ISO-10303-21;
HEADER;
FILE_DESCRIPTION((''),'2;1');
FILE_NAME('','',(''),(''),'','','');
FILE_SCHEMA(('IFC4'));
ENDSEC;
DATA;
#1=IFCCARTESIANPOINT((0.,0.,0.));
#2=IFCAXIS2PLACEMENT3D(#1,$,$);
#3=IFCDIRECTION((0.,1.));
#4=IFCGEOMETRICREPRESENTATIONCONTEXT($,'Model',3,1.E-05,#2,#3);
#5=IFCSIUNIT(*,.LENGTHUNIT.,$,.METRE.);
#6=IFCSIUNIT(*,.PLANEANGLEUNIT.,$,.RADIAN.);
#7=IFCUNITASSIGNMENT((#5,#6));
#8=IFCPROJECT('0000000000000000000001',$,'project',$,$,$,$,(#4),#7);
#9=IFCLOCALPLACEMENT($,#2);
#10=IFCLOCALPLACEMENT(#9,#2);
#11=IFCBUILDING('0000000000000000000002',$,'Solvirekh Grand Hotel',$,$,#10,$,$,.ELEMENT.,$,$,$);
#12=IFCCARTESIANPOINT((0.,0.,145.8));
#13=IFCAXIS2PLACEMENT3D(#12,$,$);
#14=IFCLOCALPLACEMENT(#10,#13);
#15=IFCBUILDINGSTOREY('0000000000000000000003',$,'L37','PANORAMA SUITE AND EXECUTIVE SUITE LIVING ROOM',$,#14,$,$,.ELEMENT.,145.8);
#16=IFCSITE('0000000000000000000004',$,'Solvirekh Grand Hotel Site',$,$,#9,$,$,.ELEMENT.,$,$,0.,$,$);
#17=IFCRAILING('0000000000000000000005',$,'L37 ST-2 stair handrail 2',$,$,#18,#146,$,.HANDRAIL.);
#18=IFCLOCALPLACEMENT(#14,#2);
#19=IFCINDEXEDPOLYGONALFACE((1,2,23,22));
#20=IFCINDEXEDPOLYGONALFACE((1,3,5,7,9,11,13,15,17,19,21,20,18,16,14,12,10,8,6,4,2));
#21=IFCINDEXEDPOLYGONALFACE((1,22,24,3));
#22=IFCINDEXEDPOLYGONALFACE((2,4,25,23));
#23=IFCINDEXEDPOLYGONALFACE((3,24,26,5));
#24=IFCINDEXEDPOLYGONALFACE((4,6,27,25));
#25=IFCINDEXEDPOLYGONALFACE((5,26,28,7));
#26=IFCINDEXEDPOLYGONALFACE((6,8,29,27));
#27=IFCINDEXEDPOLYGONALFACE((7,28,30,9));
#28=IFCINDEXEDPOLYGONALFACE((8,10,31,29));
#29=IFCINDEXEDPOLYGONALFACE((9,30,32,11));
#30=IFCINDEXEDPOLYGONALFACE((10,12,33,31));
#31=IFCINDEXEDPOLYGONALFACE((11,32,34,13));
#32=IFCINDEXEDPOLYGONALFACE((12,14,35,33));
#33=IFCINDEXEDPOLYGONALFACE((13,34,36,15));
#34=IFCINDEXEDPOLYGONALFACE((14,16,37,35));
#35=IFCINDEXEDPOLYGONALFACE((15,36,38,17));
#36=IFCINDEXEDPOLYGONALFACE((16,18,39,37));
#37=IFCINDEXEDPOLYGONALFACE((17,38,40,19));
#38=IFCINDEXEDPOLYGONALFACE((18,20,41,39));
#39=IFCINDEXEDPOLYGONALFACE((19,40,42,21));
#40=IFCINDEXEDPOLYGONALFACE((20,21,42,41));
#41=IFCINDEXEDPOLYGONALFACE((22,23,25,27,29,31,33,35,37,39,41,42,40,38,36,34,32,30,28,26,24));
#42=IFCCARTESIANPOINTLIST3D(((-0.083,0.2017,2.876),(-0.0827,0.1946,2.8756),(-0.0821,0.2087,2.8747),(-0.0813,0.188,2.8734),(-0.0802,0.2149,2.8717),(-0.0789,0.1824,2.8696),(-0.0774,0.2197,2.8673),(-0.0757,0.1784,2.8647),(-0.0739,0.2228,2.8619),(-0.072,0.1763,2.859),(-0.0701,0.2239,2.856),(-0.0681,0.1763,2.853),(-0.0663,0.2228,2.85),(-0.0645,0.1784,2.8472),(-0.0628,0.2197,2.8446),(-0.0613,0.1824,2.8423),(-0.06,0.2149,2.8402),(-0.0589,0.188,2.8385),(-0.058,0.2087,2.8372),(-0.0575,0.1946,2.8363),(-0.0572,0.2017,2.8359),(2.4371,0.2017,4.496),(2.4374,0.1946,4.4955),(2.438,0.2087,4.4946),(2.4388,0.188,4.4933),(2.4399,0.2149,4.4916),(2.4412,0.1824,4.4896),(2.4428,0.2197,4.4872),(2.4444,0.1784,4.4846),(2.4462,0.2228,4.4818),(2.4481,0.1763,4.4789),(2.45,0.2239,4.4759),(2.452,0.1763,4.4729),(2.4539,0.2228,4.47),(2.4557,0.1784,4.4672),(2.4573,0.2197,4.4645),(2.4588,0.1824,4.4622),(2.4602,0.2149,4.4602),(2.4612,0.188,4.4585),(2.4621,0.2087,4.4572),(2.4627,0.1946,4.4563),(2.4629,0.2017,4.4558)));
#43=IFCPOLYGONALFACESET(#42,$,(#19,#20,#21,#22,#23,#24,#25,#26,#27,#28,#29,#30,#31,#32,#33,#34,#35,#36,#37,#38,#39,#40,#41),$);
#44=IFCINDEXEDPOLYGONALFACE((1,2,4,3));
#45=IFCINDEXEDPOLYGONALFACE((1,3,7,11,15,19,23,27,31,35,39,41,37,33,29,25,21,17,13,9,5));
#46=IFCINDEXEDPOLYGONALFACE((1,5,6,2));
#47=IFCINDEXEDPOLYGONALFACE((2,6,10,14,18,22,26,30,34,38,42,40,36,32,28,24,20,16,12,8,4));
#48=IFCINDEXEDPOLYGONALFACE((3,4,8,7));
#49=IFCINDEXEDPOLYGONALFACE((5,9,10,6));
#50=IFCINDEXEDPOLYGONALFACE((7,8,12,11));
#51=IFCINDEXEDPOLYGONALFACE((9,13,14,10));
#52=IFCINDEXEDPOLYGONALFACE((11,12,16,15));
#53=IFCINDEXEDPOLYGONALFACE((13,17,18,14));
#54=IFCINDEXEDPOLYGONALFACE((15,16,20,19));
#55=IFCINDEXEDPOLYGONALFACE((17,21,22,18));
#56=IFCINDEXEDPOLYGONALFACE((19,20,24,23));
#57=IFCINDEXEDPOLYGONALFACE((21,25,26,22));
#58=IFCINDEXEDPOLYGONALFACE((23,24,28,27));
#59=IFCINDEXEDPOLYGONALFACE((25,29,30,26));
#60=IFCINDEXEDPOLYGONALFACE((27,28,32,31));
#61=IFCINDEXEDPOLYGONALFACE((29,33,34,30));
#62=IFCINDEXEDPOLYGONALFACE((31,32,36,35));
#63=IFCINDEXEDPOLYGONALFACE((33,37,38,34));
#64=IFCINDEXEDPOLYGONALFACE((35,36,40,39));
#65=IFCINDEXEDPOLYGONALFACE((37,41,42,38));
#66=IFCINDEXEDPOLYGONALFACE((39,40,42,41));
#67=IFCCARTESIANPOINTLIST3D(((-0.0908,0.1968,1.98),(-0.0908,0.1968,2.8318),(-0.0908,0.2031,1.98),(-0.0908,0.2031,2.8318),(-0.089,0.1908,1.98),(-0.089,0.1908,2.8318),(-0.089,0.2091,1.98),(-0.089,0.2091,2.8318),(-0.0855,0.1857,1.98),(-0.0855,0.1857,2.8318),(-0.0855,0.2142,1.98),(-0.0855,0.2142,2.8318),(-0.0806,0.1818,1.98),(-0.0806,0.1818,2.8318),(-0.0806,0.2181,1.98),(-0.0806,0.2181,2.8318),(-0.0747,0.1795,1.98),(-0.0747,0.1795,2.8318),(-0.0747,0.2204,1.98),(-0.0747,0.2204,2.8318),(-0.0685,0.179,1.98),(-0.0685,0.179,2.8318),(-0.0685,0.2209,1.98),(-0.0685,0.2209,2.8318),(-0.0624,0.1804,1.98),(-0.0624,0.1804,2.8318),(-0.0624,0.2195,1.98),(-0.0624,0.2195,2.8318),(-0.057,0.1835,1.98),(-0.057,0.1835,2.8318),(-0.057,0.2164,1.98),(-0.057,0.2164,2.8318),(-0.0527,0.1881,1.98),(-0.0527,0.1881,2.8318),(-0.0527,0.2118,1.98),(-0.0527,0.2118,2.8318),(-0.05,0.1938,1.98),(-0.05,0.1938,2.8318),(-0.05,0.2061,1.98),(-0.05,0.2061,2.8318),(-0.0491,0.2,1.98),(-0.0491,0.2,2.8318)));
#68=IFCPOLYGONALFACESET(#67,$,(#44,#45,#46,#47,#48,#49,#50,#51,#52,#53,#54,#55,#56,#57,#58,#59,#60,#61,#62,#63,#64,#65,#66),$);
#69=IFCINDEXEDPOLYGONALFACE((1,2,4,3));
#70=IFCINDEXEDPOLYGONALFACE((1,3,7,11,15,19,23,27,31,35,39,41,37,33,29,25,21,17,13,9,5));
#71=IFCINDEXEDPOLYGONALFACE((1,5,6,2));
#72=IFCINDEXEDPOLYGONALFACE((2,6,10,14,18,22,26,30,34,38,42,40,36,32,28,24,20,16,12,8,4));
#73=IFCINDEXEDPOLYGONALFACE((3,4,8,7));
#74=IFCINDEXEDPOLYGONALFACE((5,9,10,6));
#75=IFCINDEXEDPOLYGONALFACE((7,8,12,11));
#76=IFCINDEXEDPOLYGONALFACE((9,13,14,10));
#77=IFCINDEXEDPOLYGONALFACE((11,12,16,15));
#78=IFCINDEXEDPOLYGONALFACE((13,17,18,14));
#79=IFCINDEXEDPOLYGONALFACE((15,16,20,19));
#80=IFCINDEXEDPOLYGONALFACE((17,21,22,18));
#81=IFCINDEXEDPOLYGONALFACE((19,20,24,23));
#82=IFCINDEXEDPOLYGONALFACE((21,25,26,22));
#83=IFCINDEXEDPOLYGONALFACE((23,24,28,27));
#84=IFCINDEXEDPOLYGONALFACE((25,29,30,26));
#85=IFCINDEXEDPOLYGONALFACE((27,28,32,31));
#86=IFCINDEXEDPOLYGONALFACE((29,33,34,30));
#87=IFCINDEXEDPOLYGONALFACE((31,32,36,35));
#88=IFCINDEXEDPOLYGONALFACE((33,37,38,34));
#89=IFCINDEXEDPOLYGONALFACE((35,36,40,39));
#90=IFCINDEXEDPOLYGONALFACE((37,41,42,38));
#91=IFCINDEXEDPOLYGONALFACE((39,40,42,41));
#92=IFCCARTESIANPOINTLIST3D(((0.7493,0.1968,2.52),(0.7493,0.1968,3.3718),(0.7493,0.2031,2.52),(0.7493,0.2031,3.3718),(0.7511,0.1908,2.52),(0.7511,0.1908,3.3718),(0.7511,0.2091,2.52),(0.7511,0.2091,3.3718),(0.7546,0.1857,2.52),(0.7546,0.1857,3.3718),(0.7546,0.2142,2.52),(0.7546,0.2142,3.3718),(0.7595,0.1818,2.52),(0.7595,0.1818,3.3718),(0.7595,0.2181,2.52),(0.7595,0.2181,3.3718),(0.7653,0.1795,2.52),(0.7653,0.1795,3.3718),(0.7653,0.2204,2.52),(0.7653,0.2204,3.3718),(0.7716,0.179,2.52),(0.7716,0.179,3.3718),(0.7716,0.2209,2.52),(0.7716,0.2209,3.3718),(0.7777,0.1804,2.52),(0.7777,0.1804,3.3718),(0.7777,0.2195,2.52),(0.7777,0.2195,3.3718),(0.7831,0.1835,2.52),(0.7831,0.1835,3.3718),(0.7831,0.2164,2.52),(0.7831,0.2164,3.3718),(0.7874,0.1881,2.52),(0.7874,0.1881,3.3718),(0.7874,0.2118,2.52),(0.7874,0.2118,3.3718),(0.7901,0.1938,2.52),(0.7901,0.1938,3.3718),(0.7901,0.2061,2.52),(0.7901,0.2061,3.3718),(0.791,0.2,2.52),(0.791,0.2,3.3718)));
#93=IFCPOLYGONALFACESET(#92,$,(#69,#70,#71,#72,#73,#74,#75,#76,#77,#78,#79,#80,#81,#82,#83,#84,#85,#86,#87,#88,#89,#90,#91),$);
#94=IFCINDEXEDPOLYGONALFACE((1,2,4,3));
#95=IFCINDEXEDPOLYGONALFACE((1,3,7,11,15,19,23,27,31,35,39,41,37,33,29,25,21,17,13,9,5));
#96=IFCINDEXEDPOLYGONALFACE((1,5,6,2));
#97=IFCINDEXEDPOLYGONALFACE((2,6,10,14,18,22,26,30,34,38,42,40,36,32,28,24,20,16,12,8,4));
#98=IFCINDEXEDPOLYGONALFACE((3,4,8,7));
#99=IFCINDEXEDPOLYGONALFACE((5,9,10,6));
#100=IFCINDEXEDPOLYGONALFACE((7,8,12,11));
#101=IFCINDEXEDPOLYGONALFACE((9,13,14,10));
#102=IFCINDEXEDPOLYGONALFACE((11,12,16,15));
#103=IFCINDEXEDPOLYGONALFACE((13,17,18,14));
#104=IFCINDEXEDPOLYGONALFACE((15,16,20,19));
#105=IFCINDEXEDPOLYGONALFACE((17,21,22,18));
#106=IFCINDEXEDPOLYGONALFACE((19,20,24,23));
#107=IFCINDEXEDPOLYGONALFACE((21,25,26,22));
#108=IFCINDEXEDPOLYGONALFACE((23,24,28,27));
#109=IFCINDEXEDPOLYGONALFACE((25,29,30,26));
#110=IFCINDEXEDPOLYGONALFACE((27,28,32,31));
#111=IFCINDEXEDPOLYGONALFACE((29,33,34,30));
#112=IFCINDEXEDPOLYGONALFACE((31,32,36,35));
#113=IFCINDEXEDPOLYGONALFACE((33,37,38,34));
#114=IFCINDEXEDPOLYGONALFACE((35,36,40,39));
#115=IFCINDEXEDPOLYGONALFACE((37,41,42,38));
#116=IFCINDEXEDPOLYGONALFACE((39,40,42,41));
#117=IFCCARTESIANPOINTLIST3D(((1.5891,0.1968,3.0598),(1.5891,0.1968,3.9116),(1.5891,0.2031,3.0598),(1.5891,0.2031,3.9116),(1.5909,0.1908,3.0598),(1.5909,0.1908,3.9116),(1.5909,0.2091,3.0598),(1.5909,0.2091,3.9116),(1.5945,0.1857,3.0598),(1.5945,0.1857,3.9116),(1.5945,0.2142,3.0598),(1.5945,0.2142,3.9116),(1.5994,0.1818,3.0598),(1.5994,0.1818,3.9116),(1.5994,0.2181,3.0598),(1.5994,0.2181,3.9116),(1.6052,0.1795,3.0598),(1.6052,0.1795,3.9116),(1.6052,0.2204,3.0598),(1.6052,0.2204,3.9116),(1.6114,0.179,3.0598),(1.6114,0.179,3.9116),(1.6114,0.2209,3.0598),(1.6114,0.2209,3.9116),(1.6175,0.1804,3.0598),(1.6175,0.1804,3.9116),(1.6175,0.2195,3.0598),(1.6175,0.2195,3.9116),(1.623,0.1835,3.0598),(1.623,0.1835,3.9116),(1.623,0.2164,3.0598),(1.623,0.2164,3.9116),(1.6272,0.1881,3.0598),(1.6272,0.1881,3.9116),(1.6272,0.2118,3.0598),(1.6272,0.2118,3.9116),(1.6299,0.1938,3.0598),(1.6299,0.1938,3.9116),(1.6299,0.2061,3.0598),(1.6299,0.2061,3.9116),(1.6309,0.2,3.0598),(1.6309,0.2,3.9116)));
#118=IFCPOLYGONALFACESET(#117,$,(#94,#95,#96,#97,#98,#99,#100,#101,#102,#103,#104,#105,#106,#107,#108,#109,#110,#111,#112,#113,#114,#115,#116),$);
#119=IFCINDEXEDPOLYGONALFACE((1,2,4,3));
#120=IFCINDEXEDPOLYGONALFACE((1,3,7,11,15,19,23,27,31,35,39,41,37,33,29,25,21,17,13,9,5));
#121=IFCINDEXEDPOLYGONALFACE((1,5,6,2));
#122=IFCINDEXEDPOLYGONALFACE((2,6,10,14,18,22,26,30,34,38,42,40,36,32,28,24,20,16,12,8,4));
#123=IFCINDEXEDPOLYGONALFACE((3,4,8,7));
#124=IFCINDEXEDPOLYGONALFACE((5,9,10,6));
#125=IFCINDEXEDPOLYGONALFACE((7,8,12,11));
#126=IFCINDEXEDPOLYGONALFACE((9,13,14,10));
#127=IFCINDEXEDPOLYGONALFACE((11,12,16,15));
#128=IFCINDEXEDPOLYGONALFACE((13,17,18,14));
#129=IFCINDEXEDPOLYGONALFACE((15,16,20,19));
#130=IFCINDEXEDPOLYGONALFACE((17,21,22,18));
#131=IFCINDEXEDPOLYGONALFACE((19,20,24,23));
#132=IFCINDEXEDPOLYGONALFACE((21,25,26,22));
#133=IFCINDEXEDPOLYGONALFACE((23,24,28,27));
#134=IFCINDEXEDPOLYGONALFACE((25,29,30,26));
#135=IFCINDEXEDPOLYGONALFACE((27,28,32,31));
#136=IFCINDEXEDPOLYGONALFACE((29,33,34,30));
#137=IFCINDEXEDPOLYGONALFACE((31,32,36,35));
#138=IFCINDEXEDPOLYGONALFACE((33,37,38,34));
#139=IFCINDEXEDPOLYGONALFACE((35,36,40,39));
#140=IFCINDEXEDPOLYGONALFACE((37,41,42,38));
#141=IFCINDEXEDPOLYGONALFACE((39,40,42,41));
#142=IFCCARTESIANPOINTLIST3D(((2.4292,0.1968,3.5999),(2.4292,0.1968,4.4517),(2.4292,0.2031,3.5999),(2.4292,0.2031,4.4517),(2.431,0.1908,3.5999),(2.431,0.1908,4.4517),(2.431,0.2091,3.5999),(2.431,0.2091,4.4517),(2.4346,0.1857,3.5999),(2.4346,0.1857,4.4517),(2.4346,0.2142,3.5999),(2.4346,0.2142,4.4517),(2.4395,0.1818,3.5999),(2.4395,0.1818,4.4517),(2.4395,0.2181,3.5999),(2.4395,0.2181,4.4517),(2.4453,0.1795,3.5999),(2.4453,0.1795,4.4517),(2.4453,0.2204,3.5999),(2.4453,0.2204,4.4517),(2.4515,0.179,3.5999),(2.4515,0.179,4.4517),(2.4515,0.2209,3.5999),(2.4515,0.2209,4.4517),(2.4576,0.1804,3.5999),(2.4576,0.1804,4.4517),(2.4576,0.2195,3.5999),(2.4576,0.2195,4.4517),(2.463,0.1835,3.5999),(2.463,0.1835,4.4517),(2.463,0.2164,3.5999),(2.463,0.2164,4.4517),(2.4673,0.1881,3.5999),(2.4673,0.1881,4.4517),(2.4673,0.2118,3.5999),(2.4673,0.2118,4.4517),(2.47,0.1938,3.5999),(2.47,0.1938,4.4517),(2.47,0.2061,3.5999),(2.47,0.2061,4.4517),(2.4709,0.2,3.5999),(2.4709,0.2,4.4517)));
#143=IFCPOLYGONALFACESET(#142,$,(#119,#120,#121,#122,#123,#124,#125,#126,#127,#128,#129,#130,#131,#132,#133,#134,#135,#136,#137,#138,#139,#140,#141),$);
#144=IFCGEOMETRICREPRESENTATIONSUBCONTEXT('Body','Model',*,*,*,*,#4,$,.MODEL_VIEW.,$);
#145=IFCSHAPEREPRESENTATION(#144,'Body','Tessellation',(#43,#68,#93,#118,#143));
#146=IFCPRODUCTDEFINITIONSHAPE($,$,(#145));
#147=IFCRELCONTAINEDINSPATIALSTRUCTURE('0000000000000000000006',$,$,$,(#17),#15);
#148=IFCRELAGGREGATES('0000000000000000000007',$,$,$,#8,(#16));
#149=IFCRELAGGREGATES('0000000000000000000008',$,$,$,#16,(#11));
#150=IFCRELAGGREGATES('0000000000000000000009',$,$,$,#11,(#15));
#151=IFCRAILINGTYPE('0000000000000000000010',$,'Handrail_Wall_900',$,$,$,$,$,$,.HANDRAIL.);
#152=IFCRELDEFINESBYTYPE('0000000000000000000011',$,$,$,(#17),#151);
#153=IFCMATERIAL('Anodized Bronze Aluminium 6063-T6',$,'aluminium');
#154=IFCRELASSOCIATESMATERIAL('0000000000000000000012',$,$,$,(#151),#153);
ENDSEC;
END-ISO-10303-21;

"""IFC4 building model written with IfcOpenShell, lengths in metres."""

from ifc_helpers import new_model, si_unit, direction, frame, origin, origin_2d, place, context, subcontext, project, spatial, circle, extrude, material, type_object, element, save


model = new_model("IFC4")

# Units and contexts
model_context = context("Model", 3, precision=1e-05, world=origin(), true_north=direction((0.0, 1.0)))
body_context = subcontext(model_context, "Body", "Model", "MODEL_VIEW")
ifc_project = project(units=[si_unit("LENGTHUNIT", "METRE"), si_unit("PLANEANGLEUNIT", "RADIAN")], contexts=[model_context])

# Site, building, storey
site_placement = place(None, origin())
site = spatial("IfcSite", under=ifc_project, at=site_placement, Name="Solvirekh Grand Hotel Site", CompositionType="ELEMENT", RefElevation=0.0)
building_placement = place(site_placement, origin())
building = spatial("IfcBuilding", under=site, at=building_placement, Name="Solvirekh Grand Hotel", CompositionType="ELEMENT")
storey_placement = place(building_placement, frame((0.0, 0.0, 145.8)))
storey = spatial("IfcBuildingStorey", under=building, at=storey_placement, Name="L37", Description="PANORAMA SUITE AND EXECUTIVE SUITE LIVING ROOM", CompositionType="ELEMENT", Elevation=145.8)

# Railing
ifc_material_1 = material(Name="Anodized Bronze Aluminium 6063-T6", Category="aluminium")
railing_type_1 = type_object("IfcRailingType", Name="Handrail_Wall_900", PredefinedType="HANDRAIL", material=ifc_material_1)
railing_1_placement = place(storey_placement, frame((-0.0701, 0.2, 1.98)))
element("IfcRailing", 1, at=railing_1_placement, inside=storey, type_object=railing_type_1, Name="L37 ST-2 stair handrail 2", PredefinedType="HANDRAIL", context=body_context, shape_type="SweptSolid", body=[
    extrude(circle(Radius=0.0239, at=origin_2d()), frame((0.0, 0.0, 0.876), z_axis=(0.8412, 0.0, 0.540725), x_axis=(0.0, 1.0, 0.0)), (0.0, 0.0, 1.0), 2.9958),
    extrude(circle(Radius=0.021, at=origin_2d()), origin(), (0.0, 0.0, 1.0), 0.8518),
    extrude(circle(Radius=0.021, at=origin_2d()), frame((0.8401, 0.0, 0.54)), (0.0, 0.0, 1.0), 0.8518),
    extrude(circle(Radius=0.021, at=origin_2d()), frame((1.6799, 0.0, 1.0798)), (0.0, 0.0, 1.0), 0.8518),
    extrude(circle(Radius=0.021, at=origin_2d()), frame((2.52, 0.0, 1.6199)), (0.0, 0.0, 1.0), 0.8518),
])

save(model, "model.ifc")
